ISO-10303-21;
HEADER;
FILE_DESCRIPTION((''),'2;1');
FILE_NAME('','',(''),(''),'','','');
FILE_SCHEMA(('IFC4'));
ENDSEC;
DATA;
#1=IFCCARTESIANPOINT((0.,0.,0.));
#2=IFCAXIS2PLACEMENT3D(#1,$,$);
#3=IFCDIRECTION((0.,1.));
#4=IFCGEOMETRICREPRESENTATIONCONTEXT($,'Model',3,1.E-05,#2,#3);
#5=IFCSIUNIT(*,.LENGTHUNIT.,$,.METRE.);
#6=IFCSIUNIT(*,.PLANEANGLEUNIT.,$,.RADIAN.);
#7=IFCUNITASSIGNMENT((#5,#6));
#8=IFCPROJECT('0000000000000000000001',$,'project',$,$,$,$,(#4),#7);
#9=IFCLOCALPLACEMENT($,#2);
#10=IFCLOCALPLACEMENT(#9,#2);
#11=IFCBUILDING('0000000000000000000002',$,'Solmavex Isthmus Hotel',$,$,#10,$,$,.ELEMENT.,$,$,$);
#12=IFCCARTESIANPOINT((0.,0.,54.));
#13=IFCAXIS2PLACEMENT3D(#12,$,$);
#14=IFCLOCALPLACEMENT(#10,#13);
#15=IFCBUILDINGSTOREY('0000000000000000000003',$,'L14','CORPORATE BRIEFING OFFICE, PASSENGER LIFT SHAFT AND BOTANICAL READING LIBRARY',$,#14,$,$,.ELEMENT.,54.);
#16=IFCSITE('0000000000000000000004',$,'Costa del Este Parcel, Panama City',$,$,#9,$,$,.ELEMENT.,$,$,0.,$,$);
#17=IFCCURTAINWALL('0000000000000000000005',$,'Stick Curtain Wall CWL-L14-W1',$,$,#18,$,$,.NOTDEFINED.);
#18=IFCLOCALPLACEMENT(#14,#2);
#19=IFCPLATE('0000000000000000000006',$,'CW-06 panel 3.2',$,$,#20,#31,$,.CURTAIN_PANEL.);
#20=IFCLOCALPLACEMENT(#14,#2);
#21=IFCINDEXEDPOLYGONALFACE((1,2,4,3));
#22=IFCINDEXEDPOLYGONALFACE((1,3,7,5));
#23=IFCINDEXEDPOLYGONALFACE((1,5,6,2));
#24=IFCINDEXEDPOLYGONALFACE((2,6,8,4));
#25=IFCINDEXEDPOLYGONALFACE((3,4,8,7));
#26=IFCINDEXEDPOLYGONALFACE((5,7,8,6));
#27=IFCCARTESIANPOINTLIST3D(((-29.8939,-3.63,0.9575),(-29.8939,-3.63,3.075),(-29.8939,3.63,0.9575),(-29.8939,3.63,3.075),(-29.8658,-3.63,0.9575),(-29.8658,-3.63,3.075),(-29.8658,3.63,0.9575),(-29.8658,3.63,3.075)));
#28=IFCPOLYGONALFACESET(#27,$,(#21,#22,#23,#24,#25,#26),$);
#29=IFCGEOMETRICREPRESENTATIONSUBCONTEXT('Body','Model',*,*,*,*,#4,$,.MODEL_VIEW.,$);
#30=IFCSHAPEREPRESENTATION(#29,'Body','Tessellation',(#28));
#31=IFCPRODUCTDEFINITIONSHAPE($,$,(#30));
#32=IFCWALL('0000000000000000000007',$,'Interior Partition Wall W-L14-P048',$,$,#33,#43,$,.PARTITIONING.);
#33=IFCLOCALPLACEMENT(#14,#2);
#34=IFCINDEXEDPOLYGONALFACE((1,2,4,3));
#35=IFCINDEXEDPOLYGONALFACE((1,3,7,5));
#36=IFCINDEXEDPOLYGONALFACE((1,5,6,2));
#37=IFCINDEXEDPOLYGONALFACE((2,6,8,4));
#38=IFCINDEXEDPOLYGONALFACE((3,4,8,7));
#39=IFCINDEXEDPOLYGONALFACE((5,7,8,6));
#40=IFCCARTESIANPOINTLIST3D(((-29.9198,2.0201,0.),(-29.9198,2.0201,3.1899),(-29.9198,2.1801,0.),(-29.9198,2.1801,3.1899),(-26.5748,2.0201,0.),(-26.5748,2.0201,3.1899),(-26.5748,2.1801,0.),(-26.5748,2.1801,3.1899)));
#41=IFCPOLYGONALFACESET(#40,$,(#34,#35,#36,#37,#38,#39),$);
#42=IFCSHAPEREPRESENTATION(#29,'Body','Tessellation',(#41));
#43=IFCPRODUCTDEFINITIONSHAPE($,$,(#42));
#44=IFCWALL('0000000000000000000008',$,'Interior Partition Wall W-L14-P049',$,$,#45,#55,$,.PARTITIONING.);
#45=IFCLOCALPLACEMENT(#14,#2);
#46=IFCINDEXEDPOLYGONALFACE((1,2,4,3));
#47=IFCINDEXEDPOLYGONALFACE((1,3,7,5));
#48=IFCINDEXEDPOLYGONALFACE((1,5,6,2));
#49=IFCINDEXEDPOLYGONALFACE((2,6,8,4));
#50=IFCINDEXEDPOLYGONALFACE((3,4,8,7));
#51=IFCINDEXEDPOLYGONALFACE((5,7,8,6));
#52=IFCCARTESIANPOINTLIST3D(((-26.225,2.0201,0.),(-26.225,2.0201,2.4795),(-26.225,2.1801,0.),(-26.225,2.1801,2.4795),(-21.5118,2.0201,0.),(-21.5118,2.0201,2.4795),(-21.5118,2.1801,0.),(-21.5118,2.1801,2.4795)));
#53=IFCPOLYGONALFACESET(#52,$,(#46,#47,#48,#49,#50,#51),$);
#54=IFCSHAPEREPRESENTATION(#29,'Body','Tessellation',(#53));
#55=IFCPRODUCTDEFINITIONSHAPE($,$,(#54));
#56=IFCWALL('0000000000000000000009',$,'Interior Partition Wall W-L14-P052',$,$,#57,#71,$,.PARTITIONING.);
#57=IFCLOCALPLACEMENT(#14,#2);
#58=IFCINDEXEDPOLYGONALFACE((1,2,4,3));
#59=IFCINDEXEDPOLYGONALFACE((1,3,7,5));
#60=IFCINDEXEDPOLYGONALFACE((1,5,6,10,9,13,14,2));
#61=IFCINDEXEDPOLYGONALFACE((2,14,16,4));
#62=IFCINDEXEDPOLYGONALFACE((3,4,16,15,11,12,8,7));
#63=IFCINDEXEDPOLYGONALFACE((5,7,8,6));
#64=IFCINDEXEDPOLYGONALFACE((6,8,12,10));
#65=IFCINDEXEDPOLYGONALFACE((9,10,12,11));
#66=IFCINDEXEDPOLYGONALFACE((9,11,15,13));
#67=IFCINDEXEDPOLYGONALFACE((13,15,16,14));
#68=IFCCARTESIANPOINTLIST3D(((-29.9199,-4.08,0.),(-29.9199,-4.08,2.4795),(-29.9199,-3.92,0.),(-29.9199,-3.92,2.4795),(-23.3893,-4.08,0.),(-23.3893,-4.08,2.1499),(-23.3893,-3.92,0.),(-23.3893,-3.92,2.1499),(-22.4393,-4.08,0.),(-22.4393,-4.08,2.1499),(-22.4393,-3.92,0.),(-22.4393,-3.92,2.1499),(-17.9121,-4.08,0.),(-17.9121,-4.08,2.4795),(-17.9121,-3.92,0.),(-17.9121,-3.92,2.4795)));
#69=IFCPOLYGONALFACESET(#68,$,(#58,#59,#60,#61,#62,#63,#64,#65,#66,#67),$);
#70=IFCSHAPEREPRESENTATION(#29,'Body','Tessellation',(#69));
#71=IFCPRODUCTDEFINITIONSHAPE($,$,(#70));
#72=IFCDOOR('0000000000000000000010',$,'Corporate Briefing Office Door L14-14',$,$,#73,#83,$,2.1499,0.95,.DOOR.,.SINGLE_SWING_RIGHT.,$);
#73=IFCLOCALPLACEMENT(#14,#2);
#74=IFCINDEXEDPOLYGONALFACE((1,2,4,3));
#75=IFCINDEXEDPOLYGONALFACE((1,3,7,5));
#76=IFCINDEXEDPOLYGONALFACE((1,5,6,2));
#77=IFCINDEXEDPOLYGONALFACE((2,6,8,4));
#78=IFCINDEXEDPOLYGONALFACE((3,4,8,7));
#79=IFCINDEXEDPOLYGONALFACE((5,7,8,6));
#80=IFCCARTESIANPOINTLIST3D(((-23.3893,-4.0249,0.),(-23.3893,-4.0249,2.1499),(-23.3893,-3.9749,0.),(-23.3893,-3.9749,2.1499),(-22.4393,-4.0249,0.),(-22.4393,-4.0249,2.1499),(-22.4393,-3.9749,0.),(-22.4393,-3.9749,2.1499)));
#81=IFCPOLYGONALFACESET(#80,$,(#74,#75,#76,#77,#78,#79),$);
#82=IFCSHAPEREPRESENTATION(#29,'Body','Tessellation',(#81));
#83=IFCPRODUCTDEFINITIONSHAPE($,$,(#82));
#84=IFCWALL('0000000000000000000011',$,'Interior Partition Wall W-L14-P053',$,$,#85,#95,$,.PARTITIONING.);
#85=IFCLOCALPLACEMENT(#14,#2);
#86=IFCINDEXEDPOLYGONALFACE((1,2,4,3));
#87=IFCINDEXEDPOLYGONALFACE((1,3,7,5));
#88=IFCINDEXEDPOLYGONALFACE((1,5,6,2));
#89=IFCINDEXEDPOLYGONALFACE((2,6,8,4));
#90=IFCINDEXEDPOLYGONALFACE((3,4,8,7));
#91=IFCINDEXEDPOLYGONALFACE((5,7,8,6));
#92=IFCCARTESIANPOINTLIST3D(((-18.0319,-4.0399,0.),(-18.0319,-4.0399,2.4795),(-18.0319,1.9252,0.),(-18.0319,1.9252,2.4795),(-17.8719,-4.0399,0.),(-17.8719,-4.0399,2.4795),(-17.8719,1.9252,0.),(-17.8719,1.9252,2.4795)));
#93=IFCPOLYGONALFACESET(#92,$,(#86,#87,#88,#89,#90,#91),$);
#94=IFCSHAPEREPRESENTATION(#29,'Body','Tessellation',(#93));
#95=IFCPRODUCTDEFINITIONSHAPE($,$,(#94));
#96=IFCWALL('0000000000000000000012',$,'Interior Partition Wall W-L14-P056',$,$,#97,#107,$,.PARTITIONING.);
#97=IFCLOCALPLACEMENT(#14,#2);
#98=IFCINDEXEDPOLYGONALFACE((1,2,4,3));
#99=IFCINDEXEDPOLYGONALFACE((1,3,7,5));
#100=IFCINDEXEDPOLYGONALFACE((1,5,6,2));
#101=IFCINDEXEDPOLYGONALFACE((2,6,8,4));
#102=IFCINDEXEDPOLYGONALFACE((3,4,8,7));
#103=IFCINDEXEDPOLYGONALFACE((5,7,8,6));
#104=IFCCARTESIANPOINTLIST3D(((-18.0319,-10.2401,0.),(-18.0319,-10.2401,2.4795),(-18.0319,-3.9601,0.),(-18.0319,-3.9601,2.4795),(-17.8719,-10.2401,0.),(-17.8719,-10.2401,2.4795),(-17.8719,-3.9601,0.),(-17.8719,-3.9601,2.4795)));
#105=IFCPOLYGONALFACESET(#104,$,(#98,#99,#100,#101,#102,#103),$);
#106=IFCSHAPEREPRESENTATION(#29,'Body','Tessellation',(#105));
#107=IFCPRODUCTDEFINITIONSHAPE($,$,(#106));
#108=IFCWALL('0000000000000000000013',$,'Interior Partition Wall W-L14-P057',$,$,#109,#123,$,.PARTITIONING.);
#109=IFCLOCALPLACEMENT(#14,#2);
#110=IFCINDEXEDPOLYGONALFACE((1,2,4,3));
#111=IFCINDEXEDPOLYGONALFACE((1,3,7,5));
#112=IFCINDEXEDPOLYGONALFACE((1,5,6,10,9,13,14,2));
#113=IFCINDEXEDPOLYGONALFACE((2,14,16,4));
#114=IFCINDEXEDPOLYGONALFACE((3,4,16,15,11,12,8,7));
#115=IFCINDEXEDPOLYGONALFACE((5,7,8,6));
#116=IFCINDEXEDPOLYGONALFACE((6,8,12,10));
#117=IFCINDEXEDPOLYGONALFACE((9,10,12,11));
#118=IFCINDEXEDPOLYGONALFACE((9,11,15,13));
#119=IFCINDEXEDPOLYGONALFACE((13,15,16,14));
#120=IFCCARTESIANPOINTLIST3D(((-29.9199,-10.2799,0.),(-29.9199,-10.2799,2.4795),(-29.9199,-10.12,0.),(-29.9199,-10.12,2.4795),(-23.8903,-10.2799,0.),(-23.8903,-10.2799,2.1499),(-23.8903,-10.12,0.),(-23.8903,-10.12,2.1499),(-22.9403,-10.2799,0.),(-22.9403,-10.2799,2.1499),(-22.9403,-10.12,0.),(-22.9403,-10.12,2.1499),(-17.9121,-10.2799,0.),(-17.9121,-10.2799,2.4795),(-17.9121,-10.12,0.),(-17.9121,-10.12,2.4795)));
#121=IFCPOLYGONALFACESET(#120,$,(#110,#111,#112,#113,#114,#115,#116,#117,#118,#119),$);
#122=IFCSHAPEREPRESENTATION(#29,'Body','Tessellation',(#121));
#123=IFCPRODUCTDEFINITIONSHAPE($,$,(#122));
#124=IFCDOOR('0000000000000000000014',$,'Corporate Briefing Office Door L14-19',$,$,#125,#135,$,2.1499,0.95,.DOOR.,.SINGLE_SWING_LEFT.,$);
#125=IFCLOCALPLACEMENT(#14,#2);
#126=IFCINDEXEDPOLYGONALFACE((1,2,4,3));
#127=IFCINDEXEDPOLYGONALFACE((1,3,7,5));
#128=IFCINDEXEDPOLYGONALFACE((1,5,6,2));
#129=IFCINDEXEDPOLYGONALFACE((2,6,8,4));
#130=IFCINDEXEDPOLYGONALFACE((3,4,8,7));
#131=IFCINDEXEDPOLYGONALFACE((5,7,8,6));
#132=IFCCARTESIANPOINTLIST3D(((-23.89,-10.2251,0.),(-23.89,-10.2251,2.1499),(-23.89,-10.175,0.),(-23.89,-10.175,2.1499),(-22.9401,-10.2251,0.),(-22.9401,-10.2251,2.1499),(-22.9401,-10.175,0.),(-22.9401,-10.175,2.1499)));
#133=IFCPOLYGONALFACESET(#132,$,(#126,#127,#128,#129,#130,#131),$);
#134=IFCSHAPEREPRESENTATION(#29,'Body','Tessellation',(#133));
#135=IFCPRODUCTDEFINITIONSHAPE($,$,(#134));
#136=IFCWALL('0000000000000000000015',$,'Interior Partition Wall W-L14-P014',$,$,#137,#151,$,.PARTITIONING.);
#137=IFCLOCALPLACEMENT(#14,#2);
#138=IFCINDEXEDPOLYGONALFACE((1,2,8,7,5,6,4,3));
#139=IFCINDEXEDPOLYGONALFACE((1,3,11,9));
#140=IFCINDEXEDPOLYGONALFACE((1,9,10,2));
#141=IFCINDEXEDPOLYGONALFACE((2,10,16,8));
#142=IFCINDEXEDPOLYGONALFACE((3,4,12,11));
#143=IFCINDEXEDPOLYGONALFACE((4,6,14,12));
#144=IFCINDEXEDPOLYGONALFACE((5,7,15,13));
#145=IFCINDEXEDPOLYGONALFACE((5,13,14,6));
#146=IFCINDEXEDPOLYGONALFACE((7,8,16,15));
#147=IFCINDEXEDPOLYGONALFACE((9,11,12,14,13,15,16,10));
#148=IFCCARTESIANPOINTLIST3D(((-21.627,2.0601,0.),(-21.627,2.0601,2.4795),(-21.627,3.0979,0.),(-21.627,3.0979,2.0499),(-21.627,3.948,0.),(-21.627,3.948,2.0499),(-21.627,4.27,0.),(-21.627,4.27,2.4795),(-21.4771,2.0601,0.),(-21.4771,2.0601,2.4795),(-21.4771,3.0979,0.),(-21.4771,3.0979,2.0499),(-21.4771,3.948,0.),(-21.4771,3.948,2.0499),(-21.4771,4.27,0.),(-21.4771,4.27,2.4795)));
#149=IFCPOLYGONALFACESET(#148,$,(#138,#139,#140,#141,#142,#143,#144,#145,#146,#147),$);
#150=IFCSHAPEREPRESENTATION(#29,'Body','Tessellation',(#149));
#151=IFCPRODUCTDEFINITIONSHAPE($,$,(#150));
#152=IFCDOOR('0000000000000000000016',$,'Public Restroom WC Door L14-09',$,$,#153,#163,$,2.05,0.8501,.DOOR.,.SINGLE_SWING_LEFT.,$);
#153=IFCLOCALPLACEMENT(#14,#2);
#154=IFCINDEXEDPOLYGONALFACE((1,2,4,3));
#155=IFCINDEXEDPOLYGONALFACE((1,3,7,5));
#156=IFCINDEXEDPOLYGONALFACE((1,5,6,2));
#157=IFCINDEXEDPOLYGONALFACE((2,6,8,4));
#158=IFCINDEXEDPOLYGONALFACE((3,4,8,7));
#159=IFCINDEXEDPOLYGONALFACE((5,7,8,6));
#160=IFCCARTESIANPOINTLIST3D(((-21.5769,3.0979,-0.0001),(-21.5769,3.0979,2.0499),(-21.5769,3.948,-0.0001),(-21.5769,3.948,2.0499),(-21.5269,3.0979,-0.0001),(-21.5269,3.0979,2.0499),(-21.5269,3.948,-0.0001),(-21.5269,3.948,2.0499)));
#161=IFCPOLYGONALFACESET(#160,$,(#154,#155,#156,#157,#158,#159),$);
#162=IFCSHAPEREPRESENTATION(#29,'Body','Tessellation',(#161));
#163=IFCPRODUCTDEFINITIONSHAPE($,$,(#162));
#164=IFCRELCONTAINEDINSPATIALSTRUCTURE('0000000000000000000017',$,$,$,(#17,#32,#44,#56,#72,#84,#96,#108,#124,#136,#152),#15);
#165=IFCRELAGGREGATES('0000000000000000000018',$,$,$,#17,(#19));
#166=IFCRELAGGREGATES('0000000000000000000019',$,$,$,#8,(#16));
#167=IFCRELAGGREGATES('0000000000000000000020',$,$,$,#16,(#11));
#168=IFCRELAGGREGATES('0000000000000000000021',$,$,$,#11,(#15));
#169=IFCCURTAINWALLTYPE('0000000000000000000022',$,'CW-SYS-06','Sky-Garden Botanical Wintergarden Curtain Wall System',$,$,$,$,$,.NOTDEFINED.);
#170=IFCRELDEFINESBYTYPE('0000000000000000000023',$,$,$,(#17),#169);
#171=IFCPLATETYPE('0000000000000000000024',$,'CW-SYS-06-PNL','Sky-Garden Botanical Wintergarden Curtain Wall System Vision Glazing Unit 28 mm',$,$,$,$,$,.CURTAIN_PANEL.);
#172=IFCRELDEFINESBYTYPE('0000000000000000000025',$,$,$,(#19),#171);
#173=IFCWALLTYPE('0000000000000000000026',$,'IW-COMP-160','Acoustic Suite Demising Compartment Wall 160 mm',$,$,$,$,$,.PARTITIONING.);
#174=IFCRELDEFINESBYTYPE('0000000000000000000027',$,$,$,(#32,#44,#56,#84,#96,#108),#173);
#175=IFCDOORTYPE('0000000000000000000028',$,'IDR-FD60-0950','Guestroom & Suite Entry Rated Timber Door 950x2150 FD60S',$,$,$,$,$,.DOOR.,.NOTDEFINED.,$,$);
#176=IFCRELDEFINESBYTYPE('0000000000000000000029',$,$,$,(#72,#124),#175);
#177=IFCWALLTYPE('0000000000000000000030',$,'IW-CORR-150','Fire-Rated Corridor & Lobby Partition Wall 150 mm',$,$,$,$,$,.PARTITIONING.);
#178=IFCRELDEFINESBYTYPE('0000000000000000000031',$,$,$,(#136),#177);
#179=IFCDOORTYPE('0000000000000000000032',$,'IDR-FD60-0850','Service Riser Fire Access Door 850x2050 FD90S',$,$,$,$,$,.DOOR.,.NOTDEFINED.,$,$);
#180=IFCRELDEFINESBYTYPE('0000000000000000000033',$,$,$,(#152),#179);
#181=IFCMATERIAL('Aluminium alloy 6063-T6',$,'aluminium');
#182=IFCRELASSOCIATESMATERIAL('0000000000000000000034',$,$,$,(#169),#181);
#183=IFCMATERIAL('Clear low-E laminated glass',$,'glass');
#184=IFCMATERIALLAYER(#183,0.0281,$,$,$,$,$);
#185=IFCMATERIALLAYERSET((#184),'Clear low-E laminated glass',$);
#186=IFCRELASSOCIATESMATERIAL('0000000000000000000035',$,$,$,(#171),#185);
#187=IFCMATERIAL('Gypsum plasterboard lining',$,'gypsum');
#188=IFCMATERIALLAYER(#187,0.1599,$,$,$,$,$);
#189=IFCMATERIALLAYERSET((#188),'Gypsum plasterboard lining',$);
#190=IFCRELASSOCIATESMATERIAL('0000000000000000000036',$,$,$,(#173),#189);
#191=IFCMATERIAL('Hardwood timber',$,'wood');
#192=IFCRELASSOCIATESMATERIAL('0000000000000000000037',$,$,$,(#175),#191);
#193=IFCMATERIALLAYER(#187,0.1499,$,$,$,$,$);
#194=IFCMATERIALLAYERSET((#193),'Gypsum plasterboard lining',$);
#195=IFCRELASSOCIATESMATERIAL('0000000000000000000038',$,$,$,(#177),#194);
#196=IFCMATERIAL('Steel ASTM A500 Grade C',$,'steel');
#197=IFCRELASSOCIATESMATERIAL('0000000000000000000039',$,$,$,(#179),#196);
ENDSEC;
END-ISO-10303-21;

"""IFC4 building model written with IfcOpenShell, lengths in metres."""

from ifc_helpers import new_model, si_unit, direction, frame, frame_2d, origin, origin_2d, place, context, subcontext, project, spatial, rectangle, extrude, material, layer, layer_set, type_object, element, fill, aggregate, save


model = new_model("IFC4")

# Units and contexts
model_context = context("Model", 3, precision=1e-05, world=origin(), true_north=direction((0.0, 1.0)))
body_context = subcontext(model_context, "Body", "Model", "MODEL_VIEW")
ifc_project = project(units=[si_unit("LENGTHUNIT", "METRE"), si_unit("PLANEANGLEUNIT", "RADIAN")], contexts=[model_context])

# Site, building, storey
site_placement = place(None, origin())
site = spatial("IfcSite", under=ifc_project, at=site_placement, Name="Costa del Este Parcel, Panama City", CompositionType="ELEMENT", RefElevation=0.0)
building_placement = place(site_placement, origin())
building = spatial("IfcBuilding", under=site, at=building_placement, Name="Solmavex Isthmus Hotel", CompositionType="ELEMENT")
storey_placement = place(building_placement, frame((0.0, 0.0, 54.0)))
storey = spatial("IfcBuildingStorey", under=building, at=storey_placement, Name="L14", Description="CORPORATE BRIEFING OFFICE, PASSENGER LIFT SHAFT AND BOTANICAL READING LIBRARY", CompositionType="ELEMENT", Elevation=54.0)

# Curtain wall, plate
ifc_material_1 = material(Name="Aluminium alloy 6063-T6", Category="aluminium")
curtain_wall_type = type_object("IfcCurtainWallType", Name="CW-SYS-06", Description="Sky-Garden Botanical Wintergarden Curtain Wall System", PredefinedType="NOTDEFINED", material=ifc_material_1)
curtain_wall_placement = place(storey_placement, origin())
curtain_wall = element("IfcCurtainWall", 1, at=curtain_wall_placement, inside=storey, type_object=curtain_wall_type, Name="Stick Curtain Wall CWL-L14-W1", PredefinedType="NOTDEFINED")
ifc_material_2 = material(Name="Clear low-E laminated glass", Category="glass")
ifc_layer_1 = layer(ifc_material_2, 0.0281)
ifc_layer_set_1 = layer_set([ifc_layer_1], Name="Clear low-E laminated glass")
plate_type = type_object("IfcPlateType", Name="CW-SYS-06-PNL", Description="Sky-Garden Botanical Wintergarden Curtain Wall System Vision Glazing Unit 28 mm", PredefinedType="CURTAIN_PANEL", material=ifc_layer_set_1)
plate_placement = place(storey_placement, frame((-29.8799, 0.0, 0.9575), z_axis=(0.0, 0.0, 1.0), x_axis=(0.0, 1.0, 0.0)))
plate = element("IfcPlate", 2, at=plate_placement, type_object=plate_type, Name="CW-06 panel 3.2", PredefinedType="CURTAIN_PANEL", context=body_context, shape_type="SweptSolid", body=[
    extrude(rectangle(XDim=7.26, YDim=0.0281, at=origin_2d()), origin(), (0.0, 0.0, 1.0), 2.1174),
])
aggregate(curtain_wall, [plate])

# Walls
ifc_material_3 = material(Name="Gypsum plasterboard lining", Category="gypsum")
ifc_layer_2 = layer(ifc_material_3, 0.1599)
ifc_layer_set_2 = layer_set([ifc_layer_2], Name="Gypsum plasterboard lining")
wall_type_1 = type_object("IfcWallType", Name="IW-COMP-160", Description="Acoustic Suite Demising Compartment Wall 160 mm", PredefinedType="PARTITIONING", material=ifc_layer_set_2)
wall_1_placement = place(storey_placement, frame((-26.575, 2.1001, 0.0), z_axis=(0.0, 0.0, 1.0), x_axis=(-1.0, 0.0, 0.0)))
element("IfcWall", 3, at=wall_1_placement, inside=storey, type_object=wall_type_1, Name="Interior Partition Wall W-L14-P048", PredefinedType="PARTITIONING", context=body_context, shape_type="SweptSolid", body=[
    extrude(rectangle(XDim=3.345, YDim=0.1599, at=frame_2d((1.6724, 0.0))), origin(), (0.0, 0.0, 1.0), 3.1899),
])
wall_2_placement = place(storey_placement, frame((-21.512, 2.1001, 0.0), z_axis=(0.0, 0.0, 1.0), x_axis=(-1.0, 0.0, 0.0)))
element("IfcWall", 4, at=wall_2_placement, inside=storey, type_object=wall_type_1, Name="Interior Partition Wall W-L14-P049", PredefinedType="PARTITIONING", context=body_context, shape_type="SweptSolid", body=[
    extrude(rectangle(XDim=4.7131, YDim=0.1599, at=frame_2d((2.3564, 0.0))), origin(), (0.0, 0.0, 1.0), 2.4795),
])

# Wall, opening, door
wall_3_placement = place(storey_placement, frame((-17.9121, -4.0, 0.0), z_axis=(0.0, 0.0, 1.0), x_axis=(-1.0, 0.0, 0.0)))
wall_3 = element("IfcWall", 5, at=wall_3_placement, inside=storey, type_object=wall_type_1, Name="Interior Partition Wall W-L14-P052", PredefinedType="PARTITIONING", context=body_context, shape_type="SweptSolid", body=[
    extrude(rectangle(XDim=12.0078, YDim=0.1599, at=frame_2d((6.0039, 0.0))), origin(), (0.0, 0.0, 1.0), 2.4795),
])
opening_1_placement = place(wall_3_placement, frame((4.5271, 0.0, 0.0)))
opening_1 = element("IfcOpeningElement", 6, at=opening_1_placement, cuts=wall_3, PredefinedType="OPENING", context=body_context, shape_type="SweptSolid", body=[
    extrude(rectangle(XDim=0.95, YDim=2.1499, at=frame_2d((0.4751, 1.075))), frame((0.0, 0.0898, 0.0), z_axis=(0.0, -1.0, 0.0), x_axis=(1.0, 0.0, 0.0)), (0.0, 0.0, 1.0), 0.1799),
])
ifc_material_4 = material(Name="Hardwood timber", Category="wood")
door_type_1 = type_object("IfcDoorType", Name="IDR-FD60-0950", Description="Guestroom & Suite Entry Rated Timber Door 950x2150 FD60S", OperationType="NOTDEFINED", PredefinedType="DOOR", material=ifc_material_4)
door_1_placement = place(opening_1_placement, origin())
door_1 = element("IfcDoor", 7, at=door_1_placement, inside=storey, type_object=door_type_1, Name="Corporate Briefing Office Door L14-14", OperationType="SINGLE_SWING_RIGHT", OverallHeight=2.1499, OverallWidth=0.95, PredefinedType="DOOR", context=body_context, shape_type="SweptSolid", body=[
    extrude(rectangle(XDim=0.95, YDim=2.1499, at=frame_2d((0.4751, 1.075))), frame((0.0, 0.0249, 0.0), z_axis=(0.0, -1.0, 0.0), x_axis=(1.0, 0.0, 0.0)), (0.0, 0.0, 1.0), 0.05),
])
fill(opening_1, door_1)

# Walls
wall_4_placement = place(storey_placement, frame((-17.9519, 1.925, 0.0), z_axis=(0.0, 0.0, 1.0), x_axis=(0.0, -1.0, 0.0)))
element("IfcWall", 8, at=wall_4_placement, inside=storey, type_object=wall_type_1, Name="Interior Partition Wall W-L14-P053", PredefinedType="PARTITIONING", context=body_context, shape_type="SweptSolid", body=[
    extrude(rectangle(XDim=5.9651, YDim=0.1599, at=frame_2d((2.9824, 0.0))), origin(), (0.0, 0.0, 1.0), 2.4795),
])
wall_5_placement = place(storey_placement, frame((-17.9519, -3.96, 0.0), z_axis=(0.0, 0.0, 1.0), x_axis=(0.0, -1.0, 0.0)))
element("IfcWall", 9, at=wall_5_placement, inside=storey, type_object=wall_type_1, Name="Interior Partition Wall W-L14-P056", PredefinedType="PARTITIONING", context=body_context, shape_type="SweptSolid", body=[
    extrude(rectangle(XDim=6.28, YDim=0.1599, at=frame_2d((3.1401, 0.0))), origin(), (0.0, 0.0, 1.0), 2.4795),
])

# Walls, openings, doors
wall_6_placement = place(storey_placement, frame((-17.9121, -10.2, 0.0), z_axis=(0.0, 0.0, 1.0), x_axis=(-1.0, 0.0, 0.0)))
wall_6 = element("IfcWall", 10, at=wall_6_placement, inside=storey, type_object=wall_type_1, Name="Interior Partition Wall W-L14-P057", PredefinedType="PARTITIONING", context=body_context, shape_type="SweptSolid", body=[
    extrude(rectangle(XDim=12.0078, YDim=0.1599, at=frame_2d((6.0039, 0.0))), origin(), (0.0, 0.0, 1.0), 2.4795),
])
opening_2_placement = place(wall_6_placement, frame((5.0281, 0.0, 0.0)))
opening_2 = element("IfcOpeningElement", 11, at=opening_2_placement, cuts=wall_6, PredefinedType="OPENING", context=body_context, shape_type="SweptSolid", body=[
    extrude(rectangle(XDim=0.95, YDim=2.1499, at=frame_2d((0.4751, 1.075))), frame((0.0, 0.0898, 0.0), z_axis=(0.0, -1.0, 0.0), x_axis=(1.0, 0.0, 0.0)), (0.0, 0.0, 1.0), 0.1799),
])
door_2_placement = place(opening_2_placement, frame((0.95, 0.0, 0.0), z_axis=(0.0, 0.0, 1.0), x_axis=(-1.0, 0.0, 0.0)))
door_2 = element("IfcDoor", 12, at=door_2_placement, inside=storey, type_object=door_type_1, Name="Corporate Briefing Office Door L14-19", OperationType="SINGLE_SWING_LEFT", OverallHeight=2.1499, OverallWidth=0.95, PredefinedType="DOOR", context=body_context, shape_type="SweptSolid", body=[
    extrude(rectangle(XDim=0.95, YDim=2.1499, at=frame_2d((0.4751, 1.075))), frame((0.0, 0.0249, 0.0), z_axis=(0.0, -1.0, 0.0), x_axis=(1.0, 0.0, 0.0)), (0.0, 0.0, 1.0), 0.05),
])
fill(opening_2, door_2)
ifc_layer_3 = layer(ifc_material_3, 0.1499)
ifc_layer_set_3 = layer_set([ifc_layer_3], Name="Gypsum plasterboard lining")
wall_type_2 = type_object("IfcWallType", Name="IW-CORR-150", Description="Fire-Rated Corridor & Lobby Partition Wall 150 mm", PredefinedType="PARTITIONING", material=ifc_layer_set_3)
wall_7_placement = place(storey_placement, frame((-21.552, 2.0601, 0.0), z_axis=(0.0, 0.0, 1.0), x_axis=(0.0, 1.0, 0.0)))
wall_7 = element("IfcWall", 13, at=wall_7_placement, inside=storey, type_object=wall_type_2, Name="Interior Partition Wall W-L14-P014", PredefinedType="PARTITIONING", context=body_context, shape_type="SweptSolid", body=[
    extrude(rectangle(XDim=2.21, YDim=0.1499, at=frame_2d((1.105, 0.0))), origin(), (0.0, 0.0, 1.0), 2.4795),
])
opening_3_placement = place(wall_7_placement, frame((1.0378, 0.0, 0.0)))
opening_3 = element("IfcOpeningElement", 14, at=opening_3_placement, cuts=wall_7, PredefinedType="OPENING", context=body_context, shape_type="SweptSolid", body=[
    extrude(rectangle(XDim=0.8501, YDim=2.05, at=frame_2d((0.425, 1.0249))), frame((0.0, 0.085, 0.0), z_axis=(0.0, -1.0, 0.0), x_axis=(1.0, 0.0, 0.0)), (0.0, 0.0, 1.0), 0.1699),
])
ifc_material_5 = material(Name="Steel ASTM A500 Grade C", Category="steel")
door_type_2 = type_object("IfcDoorType", Name="IDR-FD60-0850", Description="Service Riser Fire Access Door 850x2050 FD90S", OperationType="NOTDEFINED", PredefinedType="DOOR", material=ifc_material_5)
door_3_placement = place(opening_3_placement, origin())
door_3 = element("IfcDoor", 15, at=door_3_placement, inside=storey, type_object=door_type_2, Name="Public Restroom WC Door L14-09", OperationType="SINGLE_SWING_LEFT", OverallHeight=2.05, OverallWidth=0.8501, PredefinedType="DOOR", context=body_context, shape_type="SweptSolid", body=[
    extrude(rectangle(XDim=0.8501, YDim=2.05, at=frame_2d((0.425, 1.0249))), frame((0.0, 0.0249, 0.0), z_axis=(0.0, -1.0, 0.0), x_axis=(1.0, 0.0, 0.0)), (0.0, 0.0, 1.0), 0.05),
])
fill(opening_3, door_3)

save(model, "model.ifc")
